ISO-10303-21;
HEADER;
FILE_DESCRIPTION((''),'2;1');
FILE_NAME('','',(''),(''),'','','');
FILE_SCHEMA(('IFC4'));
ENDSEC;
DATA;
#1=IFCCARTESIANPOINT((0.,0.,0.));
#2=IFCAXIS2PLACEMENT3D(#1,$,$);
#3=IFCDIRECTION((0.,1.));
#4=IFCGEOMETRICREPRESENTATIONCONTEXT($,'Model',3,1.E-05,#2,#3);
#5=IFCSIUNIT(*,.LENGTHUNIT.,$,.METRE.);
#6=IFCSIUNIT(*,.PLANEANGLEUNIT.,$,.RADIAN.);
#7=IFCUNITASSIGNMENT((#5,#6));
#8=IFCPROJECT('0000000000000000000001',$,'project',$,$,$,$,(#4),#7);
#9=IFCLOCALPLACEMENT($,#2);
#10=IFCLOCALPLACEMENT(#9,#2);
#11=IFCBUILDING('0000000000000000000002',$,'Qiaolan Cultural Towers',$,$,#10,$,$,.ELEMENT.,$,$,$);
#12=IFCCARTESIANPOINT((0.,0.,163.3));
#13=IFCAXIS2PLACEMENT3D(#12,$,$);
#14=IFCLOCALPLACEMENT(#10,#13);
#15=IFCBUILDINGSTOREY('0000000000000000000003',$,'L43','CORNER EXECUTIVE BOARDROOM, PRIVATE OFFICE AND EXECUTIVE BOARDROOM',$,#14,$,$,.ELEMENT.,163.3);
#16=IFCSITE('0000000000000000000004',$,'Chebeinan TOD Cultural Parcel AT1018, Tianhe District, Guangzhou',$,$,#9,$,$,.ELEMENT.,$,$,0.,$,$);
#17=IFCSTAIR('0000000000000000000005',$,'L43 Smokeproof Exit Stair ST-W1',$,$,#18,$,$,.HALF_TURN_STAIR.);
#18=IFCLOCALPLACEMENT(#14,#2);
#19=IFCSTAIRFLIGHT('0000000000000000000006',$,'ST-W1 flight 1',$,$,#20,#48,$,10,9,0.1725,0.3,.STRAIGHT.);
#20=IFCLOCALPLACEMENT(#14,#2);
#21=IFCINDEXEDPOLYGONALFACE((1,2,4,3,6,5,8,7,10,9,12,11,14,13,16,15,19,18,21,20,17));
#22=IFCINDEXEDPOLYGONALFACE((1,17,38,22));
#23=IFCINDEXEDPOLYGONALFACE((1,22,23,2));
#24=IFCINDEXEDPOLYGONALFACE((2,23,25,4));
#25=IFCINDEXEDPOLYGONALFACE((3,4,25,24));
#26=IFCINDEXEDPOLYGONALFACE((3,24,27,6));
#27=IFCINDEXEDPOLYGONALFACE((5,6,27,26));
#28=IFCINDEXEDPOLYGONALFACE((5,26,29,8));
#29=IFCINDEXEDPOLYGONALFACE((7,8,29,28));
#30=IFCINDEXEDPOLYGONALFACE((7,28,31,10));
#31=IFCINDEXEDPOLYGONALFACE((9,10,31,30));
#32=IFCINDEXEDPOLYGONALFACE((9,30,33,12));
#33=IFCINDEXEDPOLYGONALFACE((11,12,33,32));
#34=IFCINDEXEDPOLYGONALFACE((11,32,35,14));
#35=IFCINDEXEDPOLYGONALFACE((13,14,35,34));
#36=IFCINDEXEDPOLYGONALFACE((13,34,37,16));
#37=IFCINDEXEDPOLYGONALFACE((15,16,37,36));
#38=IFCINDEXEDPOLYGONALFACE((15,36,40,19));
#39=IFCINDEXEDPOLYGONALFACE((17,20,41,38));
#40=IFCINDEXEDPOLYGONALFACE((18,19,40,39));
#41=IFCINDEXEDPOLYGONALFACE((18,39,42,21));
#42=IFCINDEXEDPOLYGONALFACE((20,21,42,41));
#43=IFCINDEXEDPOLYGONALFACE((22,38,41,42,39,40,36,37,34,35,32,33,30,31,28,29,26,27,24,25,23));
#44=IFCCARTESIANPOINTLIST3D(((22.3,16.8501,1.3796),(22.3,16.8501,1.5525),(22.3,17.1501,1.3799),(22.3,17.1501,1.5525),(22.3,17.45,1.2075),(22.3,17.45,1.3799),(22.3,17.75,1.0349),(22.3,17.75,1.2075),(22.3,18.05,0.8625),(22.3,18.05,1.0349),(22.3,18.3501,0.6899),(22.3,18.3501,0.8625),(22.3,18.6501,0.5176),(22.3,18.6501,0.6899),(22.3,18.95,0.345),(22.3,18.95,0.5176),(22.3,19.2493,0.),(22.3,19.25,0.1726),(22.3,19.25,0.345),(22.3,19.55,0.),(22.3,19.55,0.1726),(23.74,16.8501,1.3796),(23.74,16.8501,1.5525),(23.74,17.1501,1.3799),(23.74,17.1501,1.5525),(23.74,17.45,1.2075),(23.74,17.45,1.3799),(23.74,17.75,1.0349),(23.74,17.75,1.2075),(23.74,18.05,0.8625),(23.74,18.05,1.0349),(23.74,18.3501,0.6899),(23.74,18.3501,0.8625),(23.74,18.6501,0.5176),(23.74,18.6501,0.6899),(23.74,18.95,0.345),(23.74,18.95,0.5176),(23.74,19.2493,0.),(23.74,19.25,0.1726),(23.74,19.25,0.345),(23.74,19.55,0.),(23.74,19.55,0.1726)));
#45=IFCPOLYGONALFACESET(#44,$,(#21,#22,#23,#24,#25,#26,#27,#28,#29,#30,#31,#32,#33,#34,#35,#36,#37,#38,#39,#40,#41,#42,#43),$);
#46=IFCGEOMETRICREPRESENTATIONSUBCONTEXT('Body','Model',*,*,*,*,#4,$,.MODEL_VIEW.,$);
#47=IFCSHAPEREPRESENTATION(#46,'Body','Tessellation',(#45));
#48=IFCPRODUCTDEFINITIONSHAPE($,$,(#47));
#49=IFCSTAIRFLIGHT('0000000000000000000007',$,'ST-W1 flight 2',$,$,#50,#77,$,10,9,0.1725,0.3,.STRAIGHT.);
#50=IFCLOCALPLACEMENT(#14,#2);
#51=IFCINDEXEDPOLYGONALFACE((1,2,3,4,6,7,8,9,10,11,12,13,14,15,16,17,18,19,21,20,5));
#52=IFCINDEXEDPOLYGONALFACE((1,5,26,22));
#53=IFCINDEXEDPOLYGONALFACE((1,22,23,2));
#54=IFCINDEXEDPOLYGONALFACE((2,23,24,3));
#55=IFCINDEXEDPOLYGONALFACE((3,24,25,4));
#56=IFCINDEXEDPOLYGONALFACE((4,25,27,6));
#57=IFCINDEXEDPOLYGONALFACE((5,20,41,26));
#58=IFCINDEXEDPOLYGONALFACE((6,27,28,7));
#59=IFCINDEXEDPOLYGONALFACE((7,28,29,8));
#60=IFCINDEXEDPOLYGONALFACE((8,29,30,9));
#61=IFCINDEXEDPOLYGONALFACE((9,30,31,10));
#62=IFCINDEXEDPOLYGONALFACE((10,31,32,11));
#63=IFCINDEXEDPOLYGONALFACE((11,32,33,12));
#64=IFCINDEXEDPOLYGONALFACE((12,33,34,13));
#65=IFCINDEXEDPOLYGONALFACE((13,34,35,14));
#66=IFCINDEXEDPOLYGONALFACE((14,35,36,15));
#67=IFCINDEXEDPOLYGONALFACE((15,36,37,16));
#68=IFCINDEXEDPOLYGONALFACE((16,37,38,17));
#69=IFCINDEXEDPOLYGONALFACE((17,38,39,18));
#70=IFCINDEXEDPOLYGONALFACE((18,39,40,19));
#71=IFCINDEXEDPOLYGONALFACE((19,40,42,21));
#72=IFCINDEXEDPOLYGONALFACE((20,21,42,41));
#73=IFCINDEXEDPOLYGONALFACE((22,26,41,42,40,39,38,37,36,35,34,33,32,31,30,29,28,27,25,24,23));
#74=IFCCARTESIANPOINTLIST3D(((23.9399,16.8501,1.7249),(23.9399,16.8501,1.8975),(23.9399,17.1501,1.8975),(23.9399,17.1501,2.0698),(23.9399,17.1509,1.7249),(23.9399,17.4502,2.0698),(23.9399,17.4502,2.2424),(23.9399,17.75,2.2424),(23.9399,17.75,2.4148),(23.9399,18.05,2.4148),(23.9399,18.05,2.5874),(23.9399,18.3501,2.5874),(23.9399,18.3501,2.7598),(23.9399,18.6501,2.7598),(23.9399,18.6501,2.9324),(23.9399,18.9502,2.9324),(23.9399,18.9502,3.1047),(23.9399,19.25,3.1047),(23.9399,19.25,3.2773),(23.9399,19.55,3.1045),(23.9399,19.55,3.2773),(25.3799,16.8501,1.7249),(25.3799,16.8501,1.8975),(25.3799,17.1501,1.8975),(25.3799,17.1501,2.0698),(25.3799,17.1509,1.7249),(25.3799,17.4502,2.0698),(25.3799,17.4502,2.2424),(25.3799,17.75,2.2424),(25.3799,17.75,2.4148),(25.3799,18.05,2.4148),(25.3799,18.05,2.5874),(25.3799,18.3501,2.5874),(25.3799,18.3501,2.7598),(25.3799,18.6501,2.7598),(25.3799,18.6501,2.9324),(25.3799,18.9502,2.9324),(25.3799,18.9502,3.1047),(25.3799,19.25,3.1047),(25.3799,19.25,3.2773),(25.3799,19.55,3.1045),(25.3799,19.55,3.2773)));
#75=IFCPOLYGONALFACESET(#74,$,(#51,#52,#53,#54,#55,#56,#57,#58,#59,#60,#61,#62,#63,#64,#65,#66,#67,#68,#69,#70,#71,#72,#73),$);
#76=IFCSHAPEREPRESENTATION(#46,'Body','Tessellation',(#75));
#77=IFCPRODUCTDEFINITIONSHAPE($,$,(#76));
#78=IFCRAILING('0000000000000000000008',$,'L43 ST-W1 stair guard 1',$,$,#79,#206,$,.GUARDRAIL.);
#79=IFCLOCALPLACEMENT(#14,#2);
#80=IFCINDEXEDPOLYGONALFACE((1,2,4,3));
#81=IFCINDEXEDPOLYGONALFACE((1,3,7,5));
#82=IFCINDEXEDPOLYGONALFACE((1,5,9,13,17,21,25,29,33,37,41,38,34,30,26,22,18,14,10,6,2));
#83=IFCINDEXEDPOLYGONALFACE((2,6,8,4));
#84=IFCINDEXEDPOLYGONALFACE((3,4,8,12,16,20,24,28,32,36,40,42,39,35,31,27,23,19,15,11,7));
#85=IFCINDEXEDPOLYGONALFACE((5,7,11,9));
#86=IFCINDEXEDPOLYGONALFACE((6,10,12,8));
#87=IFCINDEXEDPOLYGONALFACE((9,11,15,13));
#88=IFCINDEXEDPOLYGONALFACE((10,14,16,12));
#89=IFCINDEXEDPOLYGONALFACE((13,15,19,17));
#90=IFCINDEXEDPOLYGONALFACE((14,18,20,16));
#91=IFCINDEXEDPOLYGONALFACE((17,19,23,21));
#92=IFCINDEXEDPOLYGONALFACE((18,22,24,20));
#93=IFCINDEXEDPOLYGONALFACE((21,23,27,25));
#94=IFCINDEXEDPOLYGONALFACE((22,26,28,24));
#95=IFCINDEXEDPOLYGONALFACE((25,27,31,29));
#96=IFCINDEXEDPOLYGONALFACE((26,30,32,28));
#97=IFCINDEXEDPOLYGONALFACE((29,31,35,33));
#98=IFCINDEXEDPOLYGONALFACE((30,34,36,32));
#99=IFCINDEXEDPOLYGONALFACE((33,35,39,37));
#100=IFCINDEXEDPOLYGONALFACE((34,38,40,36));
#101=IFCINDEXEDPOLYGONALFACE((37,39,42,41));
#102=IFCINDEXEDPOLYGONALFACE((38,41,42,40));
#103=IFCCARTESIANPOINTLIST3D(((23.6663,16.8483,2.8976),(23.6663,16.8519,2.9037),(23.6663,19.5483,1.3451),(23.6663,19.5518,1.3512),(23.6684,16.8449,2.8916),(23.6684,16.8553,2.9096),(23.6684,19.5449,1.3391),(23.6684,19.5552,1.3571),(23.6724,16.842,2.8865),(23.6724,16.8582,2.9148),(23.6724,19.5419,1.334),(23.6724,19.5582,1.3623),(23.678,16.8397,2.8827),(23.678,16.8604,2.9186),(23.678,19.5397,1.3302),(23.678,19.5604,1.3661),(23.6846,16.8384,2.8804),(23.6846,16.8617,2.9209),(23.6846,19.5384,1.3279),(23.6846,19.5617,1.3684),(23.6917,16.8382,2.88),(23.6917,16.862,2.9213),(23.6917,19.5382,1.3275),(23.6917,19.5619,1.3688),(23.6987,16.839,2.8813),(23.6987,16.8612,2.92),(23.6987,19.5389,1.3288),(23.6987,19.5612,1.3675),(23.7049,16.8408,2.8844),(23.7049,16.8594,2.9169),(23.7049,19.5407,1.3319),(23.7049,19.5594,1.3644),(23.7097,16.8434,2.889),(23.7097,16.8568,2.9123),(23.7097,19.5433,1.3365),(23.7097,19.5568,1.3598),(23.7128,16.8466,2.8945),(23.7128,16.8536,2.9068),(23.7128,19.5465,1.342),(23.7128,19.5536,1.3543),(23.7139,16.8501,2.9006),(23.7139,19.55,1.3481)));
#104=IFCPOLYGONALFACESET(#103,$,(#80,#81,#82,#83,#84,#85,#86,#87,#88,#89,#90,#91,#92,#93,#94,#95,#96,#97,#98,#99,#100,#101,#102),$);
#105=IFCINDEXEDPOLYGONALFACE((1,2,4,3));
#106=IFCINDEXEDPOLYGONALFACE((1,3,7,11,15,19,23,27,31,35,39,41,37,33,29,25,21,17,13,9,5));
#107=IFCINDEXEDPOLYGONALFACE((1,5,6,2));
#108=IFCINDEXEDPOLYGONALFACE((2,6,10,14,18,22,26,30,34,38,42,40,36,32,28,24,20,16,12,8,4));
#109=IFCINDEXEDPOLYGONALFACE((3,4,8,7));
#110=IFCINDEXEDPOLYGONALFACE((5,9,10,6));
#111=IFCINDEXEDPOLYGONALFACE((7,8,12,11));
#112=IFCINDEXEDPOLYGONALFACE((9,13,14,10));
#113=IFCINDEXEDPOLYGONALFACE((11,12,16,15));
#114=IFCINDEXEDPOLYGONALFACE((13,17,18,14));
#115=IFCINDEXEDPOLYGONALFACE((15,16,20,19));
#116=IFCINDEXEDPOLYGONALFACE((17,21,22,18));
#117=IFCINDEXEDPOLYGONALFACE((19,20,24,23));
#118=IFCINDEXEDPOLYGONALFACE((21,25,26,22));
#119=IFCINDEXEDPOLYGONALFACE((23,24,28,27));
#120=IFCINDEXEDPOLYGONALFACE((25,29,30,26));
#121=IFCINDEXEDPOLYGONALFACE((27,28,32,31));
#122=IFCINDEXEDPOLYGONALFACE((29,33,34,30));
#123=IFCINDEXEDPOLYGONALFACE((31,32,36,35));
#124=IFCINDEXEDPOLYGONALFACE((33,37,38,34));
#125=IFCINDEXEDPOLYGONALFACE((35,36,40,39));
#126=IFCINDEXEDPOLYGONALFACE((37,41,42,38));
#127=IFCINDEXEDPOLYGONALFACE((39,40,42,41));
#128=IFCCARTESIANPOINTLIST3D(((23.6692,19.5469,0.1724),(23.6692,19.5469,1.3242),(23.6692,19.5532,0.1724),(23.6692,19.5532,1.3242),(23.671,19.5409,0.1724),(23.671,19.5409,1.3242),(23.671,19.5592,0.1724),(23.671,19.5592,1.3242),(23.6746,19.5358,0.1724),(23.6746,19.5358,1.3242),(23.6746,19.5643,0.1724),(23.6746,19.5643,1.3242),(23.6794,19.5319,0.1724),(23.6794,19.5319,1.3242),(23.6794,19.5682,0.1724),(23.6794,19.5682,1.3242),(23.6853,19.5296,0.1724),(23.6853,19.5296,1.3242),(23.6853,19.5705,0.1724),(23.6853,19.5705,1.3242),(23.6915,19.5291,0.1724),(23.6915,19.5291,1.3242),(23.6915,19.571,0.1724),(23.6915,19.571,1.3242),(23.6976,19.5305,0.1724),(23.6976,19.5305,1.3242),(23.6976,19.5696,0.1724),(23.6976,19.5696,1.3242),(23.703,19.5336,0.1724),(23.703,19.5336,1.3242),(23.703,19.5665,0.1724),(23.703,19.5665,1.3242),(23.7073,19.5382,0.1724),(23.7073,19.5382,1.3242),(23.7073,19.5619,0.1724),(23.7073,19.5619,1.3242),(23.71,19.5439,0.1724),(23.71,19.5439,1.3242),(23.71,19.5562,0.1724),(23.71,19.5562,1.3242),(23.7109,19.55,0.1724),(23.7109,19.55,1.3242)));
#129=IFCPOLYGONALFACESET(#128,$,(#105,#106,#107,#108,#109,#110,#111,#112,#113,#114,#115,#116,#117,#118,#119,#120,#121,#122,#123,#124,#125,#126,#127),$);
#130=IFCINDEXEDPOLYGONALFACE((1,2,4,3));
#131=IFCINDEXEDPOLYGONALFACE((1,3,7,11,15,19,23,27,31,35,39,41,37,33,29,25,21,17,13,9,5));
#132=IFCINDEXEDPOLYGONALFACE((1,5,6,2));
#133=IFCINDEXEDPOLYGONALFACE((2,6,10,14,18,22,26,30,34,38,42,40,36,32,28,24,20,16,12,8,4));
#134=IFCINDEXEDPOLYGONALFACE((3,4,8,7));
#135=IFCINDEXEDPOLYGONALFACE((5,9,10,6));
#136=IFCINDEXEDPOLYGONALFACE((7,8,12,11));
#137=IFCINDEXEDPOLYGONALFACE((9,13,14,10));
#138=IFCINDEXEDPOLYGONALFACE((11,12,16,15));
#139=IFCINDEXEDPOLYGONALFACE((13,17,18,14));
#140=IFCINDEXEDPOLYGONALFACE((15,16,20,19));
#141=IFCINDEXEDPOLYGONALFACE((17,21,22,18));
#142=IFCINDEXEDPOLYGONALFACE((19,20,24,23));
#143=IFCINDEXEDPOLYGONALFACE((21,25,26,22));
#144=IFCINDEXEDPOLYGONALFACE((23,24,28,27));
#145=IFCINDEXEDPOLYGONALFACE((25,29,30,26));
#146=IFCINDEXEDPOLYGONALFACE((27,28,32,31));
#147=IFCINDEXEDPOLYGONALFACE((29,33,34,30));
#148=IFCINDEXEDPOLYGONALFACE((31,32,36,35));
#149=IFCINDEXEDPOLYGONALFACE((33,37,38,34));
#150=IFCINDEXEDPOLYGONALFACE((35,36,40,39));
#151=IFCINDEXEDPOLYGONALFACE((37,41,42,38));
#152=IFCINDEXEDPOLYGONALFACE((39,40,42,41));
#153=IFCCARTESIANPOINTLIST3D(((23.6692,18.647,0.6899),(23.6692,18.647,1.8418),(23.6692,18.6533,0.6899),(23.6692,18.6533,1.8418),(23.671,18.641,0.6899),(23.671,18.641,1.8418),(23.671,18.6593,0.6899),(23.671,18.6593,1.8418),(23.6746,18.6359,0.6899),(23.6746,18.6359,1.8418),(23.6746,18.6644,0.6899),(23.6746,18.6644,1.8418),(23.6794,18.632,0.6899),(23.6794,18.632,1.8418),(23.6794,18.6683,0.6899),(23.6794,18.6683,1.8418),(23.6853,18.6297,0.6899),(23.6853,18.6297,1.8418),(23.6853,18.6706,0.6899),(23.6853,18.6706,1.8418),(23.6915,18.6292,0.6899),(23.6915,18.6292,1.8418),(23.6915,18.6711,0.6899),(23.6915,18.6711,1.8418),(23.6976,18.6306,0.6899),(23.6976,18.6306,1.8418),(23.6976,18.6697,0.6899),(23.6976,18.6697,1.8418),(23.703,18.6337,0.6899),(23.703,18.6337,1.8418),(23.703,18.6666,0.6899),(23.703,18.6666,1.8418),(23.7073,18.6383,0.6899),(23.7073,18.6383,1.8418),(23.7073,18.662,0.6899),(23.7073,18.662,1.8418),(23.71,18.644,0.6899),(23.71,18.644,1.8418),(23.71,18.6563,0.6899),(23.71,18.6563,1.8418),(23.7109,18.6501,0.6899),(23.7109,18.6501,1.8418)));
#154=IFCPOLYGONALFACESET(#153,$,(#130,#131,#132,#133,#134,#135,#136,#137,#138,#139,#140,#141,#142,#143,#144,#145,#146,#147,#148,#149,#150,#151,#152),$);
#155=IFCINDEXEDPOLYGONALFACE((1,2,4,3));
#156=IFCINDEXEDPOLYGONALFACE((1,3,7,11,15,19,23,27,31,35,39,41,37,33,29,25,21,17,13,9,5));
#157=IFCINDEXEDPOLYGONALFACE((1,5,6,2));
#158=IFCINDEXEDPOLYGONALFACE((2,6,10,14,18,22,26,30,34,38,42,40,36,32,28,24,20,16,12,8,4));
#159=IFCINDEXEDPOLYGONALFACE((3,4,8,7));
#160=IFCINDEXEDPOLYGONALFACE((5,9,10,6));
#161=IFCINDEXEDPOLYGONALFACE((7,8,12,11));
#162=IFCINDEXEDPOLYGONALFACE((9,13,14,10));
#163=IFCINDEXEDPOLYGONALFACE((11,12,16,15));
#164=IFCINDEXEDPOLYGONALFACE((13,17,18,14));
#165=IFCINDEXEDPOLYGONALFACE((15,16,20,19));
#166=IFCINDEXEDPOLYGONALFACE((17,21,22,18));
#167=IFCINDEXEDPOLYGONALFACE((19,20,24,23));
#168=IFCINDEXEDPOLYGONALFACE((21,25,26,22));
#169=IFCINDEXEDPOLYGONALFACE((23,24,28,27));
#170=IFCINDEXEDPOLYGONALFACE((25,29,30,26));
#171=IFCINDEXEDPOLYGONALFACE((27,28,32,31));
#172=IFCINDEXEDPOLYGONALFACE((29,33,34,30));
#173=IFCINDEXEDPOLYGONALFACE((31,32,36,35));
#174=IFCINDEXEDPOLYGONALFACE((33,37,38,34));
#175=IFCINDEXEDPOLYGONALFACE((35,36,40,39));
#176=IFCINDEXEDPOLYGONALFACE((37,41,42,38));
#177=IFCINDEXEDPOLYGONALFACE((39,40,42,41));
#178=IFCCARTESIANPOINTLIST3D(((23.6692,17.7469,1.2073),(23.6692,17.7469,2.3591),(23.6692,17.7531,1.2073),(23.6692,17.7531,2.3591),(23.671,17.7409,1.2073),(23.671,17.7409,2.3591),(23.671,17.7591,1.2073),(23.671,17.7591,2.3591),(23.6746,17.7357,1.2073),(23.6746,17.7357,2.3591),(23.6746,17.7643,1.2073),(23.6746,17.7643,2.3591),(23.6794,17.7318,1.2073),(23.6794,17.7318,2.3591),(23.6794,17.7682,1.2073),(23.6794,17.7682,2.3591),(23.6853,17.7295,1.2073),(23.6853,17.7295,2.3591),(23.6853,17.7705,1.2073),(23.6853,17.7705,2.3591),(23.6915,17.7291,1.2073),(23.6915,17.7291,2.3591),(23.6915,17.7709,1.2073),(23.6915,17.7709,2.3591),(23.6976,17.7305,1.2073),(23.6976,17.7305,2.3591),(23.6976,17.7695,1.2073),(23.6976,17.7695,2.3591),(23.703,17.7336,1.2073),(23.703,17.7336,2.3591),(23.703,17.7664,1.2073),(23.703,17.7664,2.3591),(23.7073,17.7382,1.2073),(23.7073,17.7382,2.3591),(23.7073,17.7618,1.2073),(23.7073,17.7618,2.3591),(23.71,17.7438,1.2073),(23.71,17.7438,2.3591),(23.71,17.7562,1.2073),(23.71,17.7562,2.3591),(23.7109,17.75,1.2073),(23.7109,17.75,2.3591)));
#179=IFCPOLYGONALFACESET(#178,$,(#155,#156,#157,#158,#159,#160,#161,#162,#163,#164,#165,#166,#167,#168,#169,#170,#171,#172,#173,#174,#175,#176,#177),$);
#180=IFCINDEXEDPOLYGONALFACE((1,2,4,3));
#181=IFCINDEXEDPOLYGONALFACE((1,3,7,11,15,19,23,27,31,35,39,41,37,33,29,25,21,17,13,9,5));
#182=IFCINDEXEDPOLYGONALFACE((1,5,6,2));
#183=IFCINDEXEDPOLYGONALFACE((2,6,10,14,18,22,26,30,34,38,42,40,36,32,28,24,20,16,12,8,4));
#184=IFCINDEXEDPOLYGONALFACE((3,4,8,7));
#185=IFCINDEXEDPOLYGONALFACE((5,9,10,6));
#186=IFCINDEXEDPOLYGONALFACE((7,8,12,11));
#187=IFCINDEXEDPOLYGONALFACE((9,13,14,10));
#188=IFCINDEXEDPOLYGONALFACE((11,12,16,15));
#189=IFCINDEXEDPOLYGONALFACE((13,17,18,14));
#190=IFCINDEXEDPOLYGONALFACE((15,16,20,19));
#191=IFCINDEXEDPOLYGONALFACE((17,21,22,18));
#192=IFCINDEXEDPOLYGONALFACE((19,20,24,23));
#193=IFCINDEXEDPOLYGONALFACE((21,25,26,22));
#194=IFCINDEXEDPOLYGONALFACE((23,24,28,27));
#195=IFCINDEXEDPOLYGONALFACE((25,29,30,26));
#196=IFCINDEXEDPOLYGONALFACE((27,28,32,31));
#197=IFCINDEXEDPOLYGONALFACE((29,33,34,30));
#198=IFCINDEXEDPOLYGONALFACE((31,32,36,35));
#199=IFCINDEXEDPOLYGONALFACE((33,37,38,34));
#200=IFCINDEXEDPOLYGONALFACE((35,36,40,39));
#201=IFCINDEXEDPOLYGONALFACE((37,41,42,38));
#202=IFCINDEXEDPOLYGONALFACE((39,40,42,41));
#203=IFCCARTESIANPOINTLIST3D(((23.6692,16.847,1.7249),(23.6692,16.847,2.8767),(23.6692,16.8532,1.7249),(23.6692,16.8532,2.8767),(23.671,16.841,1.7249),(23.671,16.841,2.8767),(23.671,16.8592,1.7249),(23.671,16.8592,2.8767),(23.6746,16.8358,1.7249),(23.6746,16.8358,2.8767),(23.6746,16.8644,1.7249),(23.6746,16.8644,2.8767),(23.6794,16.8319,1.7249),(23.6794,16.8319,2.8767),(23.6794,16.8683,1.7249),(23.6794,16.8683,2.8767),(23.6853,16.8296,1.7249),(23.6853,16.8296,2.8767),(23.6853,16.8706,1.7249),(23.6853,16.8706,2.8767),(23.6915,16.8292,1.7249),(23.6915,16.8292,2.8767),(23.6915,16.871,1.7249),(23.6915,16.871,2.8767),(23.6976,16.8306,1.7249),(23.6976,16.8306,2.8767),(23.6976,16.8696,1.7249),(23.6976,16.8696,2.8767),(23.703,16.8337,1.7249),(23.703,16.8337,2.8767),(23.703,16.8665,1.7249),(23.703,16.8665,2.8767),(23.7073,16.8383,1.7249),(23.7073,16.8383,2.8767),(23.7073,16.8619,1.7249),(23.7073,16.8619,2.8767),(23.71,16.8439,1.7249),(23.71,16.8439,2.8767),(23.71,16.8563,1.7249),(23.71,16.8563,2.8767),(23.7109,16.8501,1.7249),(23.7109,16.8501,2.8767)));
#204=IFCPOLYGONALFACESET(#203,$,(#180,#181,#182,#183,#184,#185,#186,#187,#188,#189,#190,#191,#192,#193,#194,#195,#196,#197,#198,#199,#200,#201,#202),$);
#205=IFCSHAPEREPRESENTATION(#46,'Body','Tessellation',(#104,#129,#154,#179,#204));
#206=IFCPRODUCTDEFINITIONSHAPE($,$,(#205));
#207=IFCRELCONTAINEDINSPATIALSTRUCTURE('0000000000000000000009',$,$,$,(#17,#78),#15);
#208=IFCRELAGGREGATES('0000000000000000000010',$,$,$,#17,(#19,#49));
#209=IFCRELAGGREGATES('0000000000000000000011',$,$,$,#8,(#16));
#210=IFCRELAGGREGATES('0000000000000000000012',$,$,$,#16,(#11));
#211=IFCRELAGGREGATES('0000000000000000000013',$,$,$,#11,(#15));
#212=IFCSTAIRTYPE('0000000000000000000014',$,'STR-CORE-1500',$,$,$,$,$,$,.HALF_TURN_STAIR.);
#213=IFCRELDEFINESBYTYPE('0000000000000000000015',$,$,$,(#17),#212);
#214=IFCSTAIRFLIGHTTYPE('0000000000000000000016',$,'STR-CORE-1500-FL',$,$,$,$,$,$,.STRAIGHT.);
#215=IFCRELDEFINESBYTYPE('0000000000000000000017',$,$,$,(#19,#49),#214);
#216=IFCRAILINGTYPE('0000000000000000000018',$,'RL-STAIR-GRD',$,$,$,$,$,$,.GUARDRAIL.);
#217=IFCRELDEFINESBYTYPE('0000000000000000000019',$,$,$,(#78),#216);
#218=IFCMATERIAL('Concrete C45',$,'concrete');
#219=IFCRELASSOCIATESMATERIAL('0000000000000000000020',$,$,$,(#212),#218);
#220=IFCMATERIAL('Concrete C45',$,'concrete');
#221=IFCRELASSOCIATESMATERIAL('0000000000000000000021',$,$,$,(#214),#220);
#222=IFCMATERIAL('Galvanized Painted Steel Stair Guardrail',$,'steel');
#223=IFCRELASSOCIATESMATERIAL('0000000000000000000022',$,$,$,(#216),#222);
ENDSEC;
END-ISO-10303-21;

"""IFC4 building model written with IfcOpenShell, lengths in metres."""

from ifc_helpers import new_model, si_unit, direction, frame, origin, origin_2d, place, context, subcontext, project, spatial, polyline, circle, outline, extrude, material, type_object, element, aggregate, save


model = new_model("IFC4")

# Units and contexts
model_context = context("Model", 3, precision=1e-05, world=origin(), true_north=direction((0.0, 1.0)))
body_context = subcontext(model_context, "Body", "Model", "MODEL_VIEW")
ifc_project = project(units=[si_unit("LENGTHUNIT", "METRE"), si_unit("PLANEANGLEUNIT", "RADIAN")], contexts=[model_context])

# Site, building, storey
site_placement = place(None, origin())
site = spatial("IfcSite", under=ifc_project, at=site_placement, Name="Chebeinan TOD Cultural Parcel AT1018, Tianhe District, Guangzhou", CompositionType="ELEMENT", RefElevation=0.0)
building_placement = place(site_placement, origin())
building = spatial("IfcBuilding", under=site, at=building_placement, Name="Qiaolan Cultural Towers", CompositionType="ELEMENT")
storey_placement = place(building_placement, frame((0.0, 0.0, 163.3)))
storey = spatial("IfcBuildingStorey", under=building, at=storey_placement, Name="L43", Description="CORNER EXECUTIVE BOARDROOM, PRIVATE OFFICE AND EXECUTIVE BOARDROOM", CompositionType="ELEMENT", Elevation=163.3)

# Stair, stair flights
ifc_material_1 = material(Name="Concrete C45", Category="concrete")
stair_type = type_object("IfcStairType", Name="STR-CORE-1500", PredefinedType="HALF_TURN_STAIR", material=ifc_material_1)
stair_placement = place(storey_placement, origin())
stair = element("IfcStair", 1, at=stair_placement, inside=storey, type_object=stair_type, Name="L43 Smokeproof Exit Stair ST-W1", PredefinedType="HALF_TURN_STAIR")
ifc_material_2 = material(Name="Concrete C45", Category="concrete")
stair_flight_type = type_object("IfcStairFlightType", Name="STR-CORE-1500-FL", PredefinedType="STRAIGHT", material=ifc_material_2)
stair_flight_1_placement = place(storey_placement, frame((23.02, 19.55, 0.0), z_axis=(0.0, 0.0, 1.0), x_axis=(0.0, -1.0, 0.0)))
stair_flight_1 = element("IfcStairFlight", 2, at=stair_flight_1_placement, type_object=stair_flight_type, Name="ST-W1 flight 1", NumberOfRisers=10, NumberOfTreads=9, PredefinedType="STRAIGHT", RiserHeight=0.1725, TreadLength=0.3, context=body_context, shape_type="SweptSolid", body=[
    extrude(outline(polyline([(0.0, 0.0), (0.0, 0.1726), (0.3, 0.1726), (0.3, 0.345), (0.6001, 0.345), (0.6001, 0.5176), (0.8999, 0.5176), (0.8999, 0.6899), (1.2, 0.6899), (1.2, 0.8625), (1.5, 0.8625), (1.5, 1.0349), (1.8, 1.0349), (1.8, 1.2075), (2.1001, 1.2075), (2.1001, 1.3799), (2.3999, 1.3799), (2.3999, 1.5525), (2.7, 1.5525), (2.7, 1.7251), (2.7, 1.3796), (0.3008, 0.0), (0.0, 0.0)])), frame((0.0, 0.72, 0.0), z_axis=(0.0, -1.0, 0.0), x_axis=(1.0, 0.0, 0.0)), (0.0, 0.0, 1.0), 1.4399),
])
stair_flight_2_placement = place(storey_placement, frame((24.6599, 16.8501, 1.7249), z_axis=(0.0, 0.0, 1.0), x_axis=(0.0, 1.0, 0.0)))
stair_flight_2 = element("IfcStairFlight", 3, at=stair_flight_2_placement, type_object=stair_flight_type, Name="ST-W1 flight 2", NumberOfRisers=10, NumberOfTreads=9, PredefinedType="STRAIGHT", RiserHeight=0.1725, TreadLength=0.3, context=body_context, shape_type="SweptSolid", body=[
    extrude(outline(polyline([(0.0, 0.0), (0.0, 0.1726), (0.3, 0.1726), (0.3, 0.345), (0.6001, 0.345), (0.6001, 0.5176), (0.8999, 0.5176), (0.8999, 0.6899), (1.2, 0.6899), (1.2, 0.8625), (1.5, 0.8625), (1.5, 1.0349), (1.8, 1.0349), (1.8, 1.2075), (2.1001, 1.2075), (2.1001, 1.3799), (2.3999, 1.3799), (2.3999, 1.5525), (2.7, 1.5525), (2.7, 1.7251), (2.7, 1.3796), (0.3008, 0.0), (0.0, 0.0)])), frame((0.0, 0.72, 0.0), z_axis=(0.0, -1.0, 0.0), x_axis=(1.0, 0.0, 0.0)), (0.0, 0.0, 1.0), 1.4399),
])
aggregate(stair, [stair_flight_1, stair_flight_2])

# Railing
ifc_material_3 = material(Name="Galvanized Painted Steel Stair Guardrail", Category="steel")
railing_type_1 = type_object("IfcRailingType", Name="RL-STAIR-GRD", PredefinedType="GUARDRAIL", material=ifc_material_3)
railing_1_placement = place(storey_placement, frame((23.6899, 19.55, 0.1724)))
element("IfcRailing", 4, at=railing_1_placement, inside=storey, type_object=railing_type_1, Name="L43 ST-W1 stair guard 1", PredefinedType="GUARDRAIL", context=body_context, shape_type="SweptSolid", body=[
    extrude(circle(Radius=0.0239, at=origin_2d()), frame((0.0, 0.0, 1.1758), z_axis=(0.0, -0.866904, 0.498476), x_axis=(1.0, 0.0, 0.0)), (0.0, 0.0, 1.0), 3.1145),
    extrude(circle(Radius=0.021, at=origin_2d()), origin(), (0.0, 0.0, 1.0), 1.1519),
    extrude(circle(Radius=0.021, at=origin_2d()), frame((0.0, -0.8999, 0.5176)), (0.0, 0.0, 1.0), 1.1519),
    extrude(circle(Radius=0.021, at=origin_2d()), frame((0.0, -1.8, 1.0349)), (0.0, 0.0, 1.0), 1.1519),
    extrude(circle(Radius=0.021, at=origin_2d()), frame((0.0, -2.7, 1.5525)), (0.0, 0.0, 1.0), 1.1519),
])

save(model, "model.ifc")
